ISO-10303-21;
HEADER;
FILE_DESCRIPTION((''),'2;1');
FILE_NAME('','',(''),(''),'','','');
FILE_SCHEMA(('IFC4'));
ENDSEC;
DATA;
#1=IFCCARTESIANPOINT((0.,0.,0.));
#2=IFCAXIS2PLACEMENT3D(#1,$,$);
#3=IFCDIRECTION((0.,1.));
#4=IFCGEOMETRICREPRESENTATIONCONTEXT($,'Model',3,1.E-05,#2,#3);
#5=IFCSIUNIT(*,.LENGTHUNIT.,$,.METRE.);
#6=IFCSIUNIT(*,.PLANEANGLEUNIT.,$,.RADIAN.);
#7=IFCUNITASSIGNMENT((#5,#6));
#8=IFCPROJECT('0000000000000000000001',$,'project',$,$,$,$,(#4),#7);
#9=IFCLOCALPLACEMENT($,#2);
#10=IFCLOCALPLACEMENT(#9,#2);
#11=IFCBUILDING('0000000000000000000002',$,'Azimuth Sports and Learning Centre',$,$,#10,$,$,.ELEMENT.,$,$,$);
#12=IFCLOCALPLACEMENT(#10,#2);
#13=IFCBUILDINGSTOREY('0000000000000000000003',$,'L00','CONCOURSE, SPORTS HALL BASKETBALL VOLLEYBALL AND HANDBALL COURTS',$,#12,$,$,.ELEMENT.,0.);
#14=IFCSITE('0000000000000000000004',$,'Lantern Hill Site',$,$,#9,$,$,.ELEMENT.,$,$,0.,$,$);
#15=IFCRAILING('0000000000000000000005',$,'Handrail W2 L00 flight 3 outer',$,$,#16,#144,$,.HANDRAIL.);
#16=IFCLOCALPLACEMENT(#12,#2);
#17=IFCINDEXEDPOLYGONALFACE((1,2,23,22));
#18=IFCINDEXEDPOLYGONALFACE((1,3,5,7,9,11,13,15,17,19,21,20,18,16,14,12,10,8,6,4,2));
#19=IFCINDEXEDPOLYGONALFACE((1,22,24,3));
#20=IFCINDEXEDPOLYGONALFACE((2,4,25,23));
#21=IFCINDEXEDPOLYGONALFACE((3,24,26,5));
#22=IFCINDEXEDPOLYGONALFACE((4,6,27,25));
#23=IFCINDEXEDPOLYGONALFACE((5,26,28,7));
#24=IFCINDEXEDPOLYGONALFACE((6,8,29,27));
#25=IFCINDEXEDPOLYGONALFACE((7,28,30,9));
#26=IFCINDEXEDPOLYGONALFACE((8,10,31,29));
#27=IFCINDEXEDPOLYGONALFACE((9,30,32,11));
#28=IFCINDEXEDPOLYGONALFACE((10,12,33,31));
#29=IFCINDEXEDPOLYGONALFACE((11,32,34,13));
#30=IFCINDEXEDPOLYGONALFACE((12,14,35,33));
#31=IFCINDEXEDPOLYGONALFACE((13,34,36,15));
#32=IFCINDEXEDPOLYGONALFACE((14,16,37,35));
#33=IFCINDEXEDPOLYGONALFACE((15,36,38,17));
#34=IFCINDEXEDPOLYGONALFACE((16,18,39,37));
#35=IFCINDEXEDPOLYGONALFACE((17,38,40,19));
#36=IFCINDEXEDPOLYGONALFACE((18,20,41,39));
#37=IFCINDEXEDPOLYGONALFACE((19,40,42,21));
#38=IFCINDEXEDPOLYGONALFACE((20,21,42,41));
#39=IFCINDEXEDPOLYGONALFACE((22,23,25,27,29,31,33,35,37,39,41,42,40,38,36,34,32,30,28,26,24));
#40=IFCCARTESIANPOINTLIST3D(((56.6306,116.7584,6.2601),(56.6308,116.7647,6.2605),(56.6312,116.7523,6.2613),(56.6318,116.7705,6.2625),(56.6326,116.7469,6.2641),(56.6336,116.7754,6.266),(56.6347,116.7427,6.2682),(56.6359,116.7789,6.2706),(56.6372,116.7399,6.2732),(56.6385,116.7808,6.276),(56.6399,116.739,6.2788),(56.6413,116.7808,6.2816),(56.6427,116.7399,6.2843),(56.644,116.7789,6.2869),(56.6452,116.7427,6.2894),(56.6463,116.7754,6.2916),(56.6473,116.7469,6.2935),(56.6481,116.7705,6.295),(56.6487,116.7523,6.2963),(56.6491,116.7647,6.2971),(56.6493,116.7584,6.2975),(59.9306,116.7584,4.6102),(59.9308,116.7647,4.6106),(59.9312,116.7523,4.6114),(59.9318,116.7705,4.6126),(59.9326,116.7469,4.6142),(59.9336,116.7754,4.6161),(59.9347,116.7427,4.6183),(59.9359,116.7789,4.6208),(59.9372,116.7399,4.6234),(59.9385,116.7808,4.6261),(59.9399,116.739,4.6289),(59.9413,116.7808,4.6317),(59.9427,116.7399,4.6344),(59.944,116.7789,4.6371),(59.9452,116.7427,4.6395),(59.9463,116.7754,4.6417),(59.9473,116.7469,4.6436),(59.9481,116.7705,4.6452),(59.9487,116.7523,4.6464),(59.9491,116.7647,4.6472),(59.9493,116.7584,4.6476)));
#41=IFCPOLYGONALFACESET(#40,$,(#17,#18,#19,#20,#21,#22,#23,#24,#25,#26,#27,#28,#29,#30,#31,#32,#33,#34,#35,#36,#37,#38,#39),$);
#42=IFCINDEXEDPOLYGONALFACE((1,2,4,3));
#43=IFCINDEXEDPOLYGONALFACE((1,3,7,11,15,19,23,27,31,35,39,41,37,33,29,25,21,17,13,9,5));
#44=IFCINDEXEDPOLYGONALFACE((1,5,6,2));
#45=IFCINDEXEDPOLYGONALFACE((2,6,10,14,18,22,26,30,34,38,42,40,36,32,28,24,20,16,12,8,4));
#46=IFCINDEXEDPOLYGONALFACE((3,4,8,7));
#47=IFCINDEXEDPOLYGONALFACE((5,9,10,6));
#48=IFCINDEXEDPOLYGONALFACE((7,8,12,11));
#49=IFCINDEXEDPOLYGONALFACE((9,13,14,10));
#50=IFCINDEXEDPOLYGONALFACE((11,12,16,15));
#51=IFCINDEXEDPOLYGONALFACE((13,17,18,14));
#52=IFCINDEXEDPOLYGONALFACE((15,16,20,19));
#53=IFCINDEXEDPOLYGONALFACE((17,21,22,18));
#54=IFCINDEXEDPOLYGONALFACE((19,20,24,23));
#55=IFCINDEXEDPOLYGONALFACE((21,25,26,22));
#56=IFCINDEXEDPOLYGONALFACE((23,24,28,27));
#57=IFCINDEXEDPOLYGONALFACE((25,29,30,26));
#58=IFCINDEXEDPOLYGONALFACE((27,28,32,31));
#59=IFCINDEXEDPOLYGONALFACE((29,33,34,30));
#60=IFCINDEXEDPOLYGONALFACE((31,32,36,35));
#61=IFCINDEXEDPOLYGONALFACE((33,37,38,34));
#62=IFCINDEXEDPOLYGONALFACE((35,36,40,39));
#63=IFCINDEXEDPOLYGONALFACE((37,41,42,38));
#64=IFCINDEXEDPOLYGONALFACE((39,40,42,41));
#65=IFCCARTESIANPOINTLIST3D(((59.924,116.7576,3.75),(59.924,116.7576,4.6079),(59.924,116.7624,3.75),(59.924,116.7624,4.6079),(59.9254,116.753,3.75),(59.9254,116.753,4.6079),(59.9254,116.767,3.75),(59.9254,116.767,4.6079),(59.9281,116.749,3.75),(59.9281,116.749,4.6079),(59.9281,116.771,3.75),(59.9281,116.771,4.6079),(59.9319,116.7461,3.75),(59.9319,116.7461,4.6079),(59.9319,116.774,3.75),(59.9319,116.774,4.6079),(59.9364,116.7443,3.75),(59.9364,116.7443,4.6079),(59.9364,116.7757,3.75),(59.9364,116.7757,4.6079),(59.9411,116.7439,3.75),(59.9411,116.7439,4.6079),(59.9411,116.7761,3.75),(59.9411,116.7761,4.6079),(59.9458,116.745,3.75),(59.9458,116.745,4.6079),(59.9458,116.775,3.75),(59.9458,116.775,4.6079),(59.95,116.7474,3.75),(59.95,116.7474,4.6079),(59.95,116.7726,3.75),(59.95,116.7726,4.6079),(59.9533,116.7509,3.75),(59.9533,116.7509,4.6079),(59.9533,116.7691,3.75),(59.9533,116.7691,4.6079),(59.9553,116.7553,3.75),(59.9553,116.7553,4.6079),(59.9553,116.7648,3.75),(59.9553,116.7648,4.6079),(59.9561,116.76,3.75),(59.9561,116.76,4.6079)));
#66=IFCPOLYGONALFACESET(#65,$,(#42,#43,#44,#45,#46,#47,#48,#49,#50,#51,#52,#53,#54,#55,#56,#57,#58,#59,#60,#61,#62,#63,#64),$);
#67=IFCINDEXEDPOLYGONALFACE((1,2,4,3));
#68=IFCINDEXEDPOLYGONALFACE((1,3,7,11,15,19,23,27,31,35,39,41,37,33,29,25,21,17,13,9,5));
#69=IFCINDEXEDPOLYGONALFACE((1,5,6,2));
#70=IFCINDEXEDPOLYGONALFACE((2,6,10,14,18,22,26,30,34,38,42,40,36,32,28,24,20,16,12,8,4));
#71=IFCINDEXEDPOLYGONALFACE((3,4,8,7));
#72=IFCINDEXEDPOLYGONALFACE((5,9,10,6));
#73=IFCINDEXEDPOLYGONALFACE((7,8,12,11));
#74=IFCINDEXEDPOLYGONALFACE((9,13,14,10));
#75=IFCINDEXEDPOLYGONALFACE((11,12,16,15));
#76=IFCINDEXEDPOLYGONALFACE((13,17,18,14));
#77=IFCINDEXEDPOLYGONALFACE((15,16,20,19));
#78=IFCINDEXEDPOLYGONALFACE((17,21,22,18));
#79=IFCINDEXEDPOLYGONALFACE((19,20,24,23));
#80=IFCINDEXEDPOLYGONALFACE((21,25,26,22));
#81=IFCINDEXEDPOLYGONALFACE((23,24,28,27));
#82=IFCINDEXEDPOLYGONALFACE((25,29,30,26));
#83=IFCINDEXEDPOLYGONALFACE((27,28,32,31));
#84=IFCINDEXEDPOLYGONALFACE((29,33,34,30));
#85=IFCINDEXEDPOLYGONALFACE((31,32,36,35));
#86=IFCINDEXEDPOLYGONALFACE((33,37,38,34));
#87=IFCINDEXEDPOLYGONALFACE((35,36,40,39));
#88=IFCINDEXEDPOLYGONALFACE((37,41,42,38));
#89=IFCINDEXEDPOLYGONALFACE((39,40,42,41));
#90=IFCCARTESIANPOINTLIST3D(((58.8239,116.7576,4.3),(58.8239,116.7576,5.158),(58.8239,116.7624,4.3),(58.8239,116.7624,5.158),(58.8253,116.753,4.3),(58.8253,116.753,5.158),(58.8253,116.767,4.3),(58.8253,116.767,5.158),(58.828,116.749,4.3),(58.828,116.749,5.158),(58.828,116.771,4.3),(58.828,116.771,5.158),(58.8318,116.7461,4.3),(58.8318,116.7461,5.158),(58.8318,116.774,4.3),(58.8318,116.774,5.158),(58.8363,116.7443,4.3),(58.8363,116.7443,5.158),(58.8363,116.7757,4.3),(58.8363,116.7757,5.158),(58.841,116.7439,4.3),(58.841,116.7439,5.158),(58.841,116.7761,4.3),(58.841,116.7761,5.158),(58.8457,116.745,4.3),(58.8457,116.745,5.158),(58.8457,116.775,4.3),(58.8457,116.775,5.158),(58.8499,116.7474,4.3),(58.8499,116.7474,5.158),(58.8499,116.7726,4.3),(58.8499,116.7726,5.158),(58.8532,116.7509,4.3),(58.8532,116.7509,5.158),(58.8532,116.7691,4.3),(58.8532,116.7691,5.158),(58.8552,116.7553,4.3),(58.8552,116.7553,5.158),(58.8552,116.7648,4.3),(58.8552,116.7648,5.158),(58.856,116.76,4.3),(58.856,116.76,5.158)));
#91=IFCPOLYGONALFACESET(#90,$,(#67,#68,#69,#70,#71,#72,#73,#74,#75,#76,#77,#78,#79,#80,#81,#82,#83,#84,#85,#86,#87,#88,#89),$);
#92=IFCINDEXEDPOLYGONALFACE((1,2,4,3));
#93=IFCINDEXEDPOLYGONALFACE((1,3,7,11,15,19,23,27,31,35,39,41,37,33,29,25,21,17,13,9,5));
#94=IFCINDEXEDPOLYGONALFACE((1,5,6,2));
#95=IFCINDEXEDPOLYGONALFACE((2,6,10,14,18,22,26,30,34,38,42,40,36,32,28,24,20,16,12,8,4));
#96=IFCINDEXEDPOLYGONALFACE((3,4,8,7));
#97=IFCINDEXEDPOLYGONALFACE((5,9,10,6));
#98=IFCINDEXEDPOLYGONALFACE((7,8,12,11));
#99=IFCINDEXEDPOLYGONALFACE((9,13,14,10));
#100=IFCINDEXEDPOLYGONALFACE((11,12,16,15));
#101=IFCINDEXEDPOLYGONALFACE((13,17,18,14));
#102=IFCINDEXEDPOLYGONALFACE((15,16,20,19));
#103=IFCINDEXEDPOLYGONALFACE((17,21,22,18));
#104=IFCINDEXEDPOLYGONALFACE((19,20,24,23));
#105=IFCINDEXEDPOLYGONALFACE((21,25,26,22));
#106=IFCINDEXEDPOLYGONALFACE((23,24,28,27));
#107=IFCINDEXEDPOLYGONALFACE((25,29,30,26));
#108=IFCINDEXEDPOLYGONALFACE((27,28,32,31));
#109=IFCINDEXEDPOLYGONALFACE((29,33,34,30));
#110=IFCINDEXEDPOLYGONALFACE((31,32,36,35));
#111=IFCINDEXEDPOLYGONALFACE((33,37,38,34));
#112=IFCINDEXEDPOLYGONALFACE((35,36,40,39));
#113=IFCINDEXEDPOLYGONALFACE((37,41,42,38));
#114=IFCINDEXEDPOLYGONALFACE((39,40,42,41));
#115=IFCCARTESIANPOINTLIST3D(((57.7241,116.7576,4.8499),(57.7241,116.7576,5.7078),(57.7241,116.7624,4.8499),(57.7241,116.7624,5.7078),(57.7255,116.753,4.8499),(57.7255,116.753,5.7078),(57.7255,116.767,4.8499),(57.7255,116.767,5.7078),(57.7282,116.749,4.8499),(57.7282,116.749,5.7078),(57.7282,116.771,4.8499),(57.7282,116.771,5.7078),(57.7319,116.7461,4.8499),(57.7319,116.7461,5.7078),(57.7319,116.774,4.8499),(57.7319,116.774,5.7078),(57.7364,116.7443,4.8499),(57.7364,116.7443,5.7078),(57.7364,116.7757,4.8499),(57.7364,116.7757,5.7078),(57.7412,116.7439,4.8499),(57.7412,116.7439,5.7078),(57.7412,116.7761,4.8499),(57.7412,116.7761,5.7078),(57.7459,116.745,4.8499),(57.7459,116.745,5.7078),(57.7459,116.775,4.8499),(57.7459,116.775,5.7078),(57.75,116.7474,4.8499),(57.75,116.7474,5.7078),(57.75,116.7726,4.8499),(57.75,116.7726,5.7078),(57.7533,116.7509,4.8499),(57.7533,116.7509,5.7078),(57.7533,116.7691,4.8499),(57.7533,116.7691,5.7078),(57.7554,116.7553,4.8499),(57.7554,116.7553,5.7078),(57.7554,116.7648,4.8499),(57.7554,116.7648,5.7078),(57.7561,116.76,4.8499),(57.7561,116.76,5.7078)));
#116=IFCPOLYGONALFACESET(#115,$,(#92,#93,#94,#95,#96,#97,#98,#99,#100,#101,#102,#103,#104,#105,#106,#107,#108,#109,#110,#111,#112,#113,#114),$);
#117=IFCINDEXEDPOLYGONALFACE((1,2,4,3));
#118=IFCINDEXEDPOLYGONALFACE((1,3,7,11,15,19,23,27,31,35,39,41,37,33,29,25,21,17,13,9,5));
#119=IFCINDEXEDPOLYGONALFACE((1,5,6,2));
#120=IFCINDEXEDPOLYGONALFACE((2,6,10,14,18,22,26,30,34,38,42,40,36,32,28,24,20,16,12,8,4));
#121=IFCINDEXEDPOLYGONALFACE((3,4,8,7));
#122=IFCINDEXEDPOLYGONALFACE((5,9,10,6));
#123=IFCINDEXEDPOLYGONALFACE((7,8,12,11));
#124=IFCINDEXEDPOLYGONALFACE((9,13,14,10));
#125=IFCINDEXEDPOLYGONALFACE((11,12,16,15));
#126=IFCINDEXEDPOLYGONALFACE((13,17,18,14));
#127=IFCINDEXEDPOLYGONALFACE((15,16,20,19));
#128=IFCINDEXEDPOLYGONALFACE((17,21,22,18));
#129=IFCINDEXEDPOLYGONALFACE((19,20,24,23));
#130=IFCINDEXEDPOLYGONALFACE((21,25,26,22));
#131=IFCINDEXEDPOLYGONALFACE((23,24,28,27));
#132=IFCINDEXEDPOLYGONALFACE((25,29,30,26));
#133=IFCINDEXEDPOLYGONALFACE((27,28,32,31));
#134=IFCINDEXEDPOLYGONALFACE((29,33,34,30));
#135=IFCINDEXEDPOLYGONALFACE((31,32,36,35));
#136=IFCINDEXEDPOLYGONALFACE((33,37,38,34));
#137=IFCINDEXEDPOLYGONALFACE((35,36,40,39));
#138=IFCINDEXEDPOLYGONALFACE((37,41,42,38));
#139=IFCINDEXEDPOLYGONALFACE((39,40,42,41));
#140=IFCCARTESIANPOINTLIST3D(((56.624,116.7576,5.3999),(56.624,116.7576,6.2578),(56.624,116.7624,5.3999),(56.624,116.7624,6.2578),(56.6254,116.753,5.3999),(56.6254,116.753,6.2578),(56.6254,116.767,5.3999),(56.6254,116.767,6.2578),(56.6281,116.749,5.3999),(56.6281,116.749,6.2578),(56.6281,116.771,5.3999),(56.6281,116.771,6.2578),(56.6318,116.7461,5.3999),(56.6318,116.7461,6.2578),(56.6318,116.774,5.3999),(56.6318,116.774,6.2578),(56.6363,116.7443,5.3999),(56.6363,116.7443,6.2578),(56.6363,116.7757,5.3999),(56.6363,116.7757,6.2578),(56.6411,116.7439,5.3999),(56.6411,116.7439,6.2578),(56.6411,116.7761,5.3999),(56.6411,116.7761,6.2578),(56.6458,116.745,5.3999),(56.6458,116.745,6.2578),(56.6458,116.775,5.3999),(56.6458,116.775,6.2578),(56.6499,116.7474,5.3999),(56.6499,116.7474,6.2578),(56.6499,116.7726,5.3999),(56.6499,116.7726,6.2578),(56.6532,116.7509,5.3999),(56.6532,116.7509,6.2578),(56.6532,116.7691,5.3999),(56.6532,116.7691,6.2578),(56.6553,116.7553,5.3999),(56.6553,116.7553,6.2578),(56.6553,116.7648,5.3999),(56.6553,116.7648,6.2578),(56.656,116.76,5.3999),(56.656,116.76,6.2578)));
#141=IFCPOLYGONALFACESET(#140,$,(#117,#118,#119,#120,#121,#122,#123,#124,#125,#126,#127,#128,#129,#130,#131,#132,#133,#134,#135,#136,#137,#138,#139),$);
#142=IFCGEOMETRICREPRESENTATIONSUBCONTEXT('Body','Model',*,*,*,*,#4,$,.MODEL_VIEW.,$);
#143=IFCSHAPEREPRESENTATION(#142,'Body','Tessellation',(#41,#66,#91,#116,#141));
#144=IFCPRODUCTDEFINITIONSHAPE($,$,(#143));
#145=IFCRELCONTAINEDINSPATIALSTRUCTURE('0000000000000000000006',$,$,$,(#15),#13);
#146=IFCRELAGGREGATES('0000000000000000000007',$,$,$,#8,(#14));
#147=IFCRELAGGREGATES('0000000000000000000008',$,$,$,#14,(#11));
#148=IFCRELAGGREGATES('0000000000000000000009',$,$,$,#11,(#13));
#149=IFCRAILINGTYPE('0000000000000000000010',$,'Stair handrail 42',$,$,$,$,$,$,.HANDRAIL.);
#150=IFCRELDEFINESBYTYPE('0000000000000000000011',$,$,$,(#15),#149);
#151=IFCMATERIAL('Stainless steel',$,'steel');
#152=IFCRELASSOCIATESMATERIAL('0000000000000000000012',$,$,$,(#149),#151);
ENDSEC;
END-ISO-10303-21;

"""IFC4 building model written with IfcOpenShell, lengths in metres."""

from ifc_helpers import new_model, si_unit, direction, frame, origin, origin_2d, place, context, subcontext, project, spatial, circle, extrude, material, type_object, element, save


model = new_model("IFC4")

# Units and contexts
model_context = context("Model", 3, precision=1e-05, world=origin(), true_north=direction((0.0, 1.0)))
body_context = subcontext(model_context, "Body", "Model", "MODEL_VIEW")
ifc_project = project(units=[si_unit("LENGTHUNIT", "METRE"), si_unit("PLANEANGLEUNIT", "RADIAN")], contexts=[model_context])

# Site, building, storey
site_placement = place(None, origin())
site = spatial("IfcSite", under=ifc_project, at=site_placement, Name="Lantern Hill Site", CompositionType="ELEMENT", RefElevation=0.0)
building_placement = place(site_placement, origin())
building = spatial("IfcBuilding", under=site, at=building_placement, Name="Azimuth Sports and Learning Centre", CompositionType="ELEMENT")
storey_placement = place(building_placement, origin())
storey = spatial("IfcBuildingStorey", under=building, at=storey_placement, Name="L00", Description="CONCOURSE, SPORTS HALL BASKETBALL VOLLEYBALL AND HANDBALL COURTS", CompositionType="ELEMENT", Elevation=0.0)

# Railing
ifc_material_1 = material(Name="Stainless steel", Category="steel")
railing_type = type_object("IfcRailingType", Name="Stair handrail 42", PredefinedType="HANDRAIL", material=ifc_material_1)
for number, where, name in (
    (1, (59.9399, 116.76, 3.75), "Handrail W2 L00 flight 3 outer"),
):
    element("IfcRailing", number, at=place(storey_placement, frame(where)), inside=storey, type_object=railing_type, Name=name, PredefinedType="HANDRAIL", context=body_context, shape_type="SweptSolid", body=[
        extrude(circle(Radius=0.021, at=origin_2d()), frame((0.0, 0.0, 0.8789), z_axis=(-0.89444, 0.0, 0.447187), x_axis=(0.0, -1.0, 0.0)), (0.0, 0.0, 1.0), 3.6895),
        extrude(circle(Radius=0.0161, at=origin_2d()), origin(), (0.0, 0.0, 1.0), 0.8579),
        extrude(circle(Radius=0.0161, at=origin_2d()), frame((-1.1001, 0.0, 0.55)), (0.0, 0.0, 1.0), 0.8579),
        extrude(circle(Radius=0.0161, at=origin_2d()), frame((-2.2, 0.0, 1.0999)), (0.0, 0.0, 1.0), 0.8579),
        extrude(circle(Radius=0.0161, at=origin_2d()), frame((-3.3, 0.0, 1.6499)), (0.0, 0.0, 1.0), 0.8579),
    ])

save(model, "model.ifc")
